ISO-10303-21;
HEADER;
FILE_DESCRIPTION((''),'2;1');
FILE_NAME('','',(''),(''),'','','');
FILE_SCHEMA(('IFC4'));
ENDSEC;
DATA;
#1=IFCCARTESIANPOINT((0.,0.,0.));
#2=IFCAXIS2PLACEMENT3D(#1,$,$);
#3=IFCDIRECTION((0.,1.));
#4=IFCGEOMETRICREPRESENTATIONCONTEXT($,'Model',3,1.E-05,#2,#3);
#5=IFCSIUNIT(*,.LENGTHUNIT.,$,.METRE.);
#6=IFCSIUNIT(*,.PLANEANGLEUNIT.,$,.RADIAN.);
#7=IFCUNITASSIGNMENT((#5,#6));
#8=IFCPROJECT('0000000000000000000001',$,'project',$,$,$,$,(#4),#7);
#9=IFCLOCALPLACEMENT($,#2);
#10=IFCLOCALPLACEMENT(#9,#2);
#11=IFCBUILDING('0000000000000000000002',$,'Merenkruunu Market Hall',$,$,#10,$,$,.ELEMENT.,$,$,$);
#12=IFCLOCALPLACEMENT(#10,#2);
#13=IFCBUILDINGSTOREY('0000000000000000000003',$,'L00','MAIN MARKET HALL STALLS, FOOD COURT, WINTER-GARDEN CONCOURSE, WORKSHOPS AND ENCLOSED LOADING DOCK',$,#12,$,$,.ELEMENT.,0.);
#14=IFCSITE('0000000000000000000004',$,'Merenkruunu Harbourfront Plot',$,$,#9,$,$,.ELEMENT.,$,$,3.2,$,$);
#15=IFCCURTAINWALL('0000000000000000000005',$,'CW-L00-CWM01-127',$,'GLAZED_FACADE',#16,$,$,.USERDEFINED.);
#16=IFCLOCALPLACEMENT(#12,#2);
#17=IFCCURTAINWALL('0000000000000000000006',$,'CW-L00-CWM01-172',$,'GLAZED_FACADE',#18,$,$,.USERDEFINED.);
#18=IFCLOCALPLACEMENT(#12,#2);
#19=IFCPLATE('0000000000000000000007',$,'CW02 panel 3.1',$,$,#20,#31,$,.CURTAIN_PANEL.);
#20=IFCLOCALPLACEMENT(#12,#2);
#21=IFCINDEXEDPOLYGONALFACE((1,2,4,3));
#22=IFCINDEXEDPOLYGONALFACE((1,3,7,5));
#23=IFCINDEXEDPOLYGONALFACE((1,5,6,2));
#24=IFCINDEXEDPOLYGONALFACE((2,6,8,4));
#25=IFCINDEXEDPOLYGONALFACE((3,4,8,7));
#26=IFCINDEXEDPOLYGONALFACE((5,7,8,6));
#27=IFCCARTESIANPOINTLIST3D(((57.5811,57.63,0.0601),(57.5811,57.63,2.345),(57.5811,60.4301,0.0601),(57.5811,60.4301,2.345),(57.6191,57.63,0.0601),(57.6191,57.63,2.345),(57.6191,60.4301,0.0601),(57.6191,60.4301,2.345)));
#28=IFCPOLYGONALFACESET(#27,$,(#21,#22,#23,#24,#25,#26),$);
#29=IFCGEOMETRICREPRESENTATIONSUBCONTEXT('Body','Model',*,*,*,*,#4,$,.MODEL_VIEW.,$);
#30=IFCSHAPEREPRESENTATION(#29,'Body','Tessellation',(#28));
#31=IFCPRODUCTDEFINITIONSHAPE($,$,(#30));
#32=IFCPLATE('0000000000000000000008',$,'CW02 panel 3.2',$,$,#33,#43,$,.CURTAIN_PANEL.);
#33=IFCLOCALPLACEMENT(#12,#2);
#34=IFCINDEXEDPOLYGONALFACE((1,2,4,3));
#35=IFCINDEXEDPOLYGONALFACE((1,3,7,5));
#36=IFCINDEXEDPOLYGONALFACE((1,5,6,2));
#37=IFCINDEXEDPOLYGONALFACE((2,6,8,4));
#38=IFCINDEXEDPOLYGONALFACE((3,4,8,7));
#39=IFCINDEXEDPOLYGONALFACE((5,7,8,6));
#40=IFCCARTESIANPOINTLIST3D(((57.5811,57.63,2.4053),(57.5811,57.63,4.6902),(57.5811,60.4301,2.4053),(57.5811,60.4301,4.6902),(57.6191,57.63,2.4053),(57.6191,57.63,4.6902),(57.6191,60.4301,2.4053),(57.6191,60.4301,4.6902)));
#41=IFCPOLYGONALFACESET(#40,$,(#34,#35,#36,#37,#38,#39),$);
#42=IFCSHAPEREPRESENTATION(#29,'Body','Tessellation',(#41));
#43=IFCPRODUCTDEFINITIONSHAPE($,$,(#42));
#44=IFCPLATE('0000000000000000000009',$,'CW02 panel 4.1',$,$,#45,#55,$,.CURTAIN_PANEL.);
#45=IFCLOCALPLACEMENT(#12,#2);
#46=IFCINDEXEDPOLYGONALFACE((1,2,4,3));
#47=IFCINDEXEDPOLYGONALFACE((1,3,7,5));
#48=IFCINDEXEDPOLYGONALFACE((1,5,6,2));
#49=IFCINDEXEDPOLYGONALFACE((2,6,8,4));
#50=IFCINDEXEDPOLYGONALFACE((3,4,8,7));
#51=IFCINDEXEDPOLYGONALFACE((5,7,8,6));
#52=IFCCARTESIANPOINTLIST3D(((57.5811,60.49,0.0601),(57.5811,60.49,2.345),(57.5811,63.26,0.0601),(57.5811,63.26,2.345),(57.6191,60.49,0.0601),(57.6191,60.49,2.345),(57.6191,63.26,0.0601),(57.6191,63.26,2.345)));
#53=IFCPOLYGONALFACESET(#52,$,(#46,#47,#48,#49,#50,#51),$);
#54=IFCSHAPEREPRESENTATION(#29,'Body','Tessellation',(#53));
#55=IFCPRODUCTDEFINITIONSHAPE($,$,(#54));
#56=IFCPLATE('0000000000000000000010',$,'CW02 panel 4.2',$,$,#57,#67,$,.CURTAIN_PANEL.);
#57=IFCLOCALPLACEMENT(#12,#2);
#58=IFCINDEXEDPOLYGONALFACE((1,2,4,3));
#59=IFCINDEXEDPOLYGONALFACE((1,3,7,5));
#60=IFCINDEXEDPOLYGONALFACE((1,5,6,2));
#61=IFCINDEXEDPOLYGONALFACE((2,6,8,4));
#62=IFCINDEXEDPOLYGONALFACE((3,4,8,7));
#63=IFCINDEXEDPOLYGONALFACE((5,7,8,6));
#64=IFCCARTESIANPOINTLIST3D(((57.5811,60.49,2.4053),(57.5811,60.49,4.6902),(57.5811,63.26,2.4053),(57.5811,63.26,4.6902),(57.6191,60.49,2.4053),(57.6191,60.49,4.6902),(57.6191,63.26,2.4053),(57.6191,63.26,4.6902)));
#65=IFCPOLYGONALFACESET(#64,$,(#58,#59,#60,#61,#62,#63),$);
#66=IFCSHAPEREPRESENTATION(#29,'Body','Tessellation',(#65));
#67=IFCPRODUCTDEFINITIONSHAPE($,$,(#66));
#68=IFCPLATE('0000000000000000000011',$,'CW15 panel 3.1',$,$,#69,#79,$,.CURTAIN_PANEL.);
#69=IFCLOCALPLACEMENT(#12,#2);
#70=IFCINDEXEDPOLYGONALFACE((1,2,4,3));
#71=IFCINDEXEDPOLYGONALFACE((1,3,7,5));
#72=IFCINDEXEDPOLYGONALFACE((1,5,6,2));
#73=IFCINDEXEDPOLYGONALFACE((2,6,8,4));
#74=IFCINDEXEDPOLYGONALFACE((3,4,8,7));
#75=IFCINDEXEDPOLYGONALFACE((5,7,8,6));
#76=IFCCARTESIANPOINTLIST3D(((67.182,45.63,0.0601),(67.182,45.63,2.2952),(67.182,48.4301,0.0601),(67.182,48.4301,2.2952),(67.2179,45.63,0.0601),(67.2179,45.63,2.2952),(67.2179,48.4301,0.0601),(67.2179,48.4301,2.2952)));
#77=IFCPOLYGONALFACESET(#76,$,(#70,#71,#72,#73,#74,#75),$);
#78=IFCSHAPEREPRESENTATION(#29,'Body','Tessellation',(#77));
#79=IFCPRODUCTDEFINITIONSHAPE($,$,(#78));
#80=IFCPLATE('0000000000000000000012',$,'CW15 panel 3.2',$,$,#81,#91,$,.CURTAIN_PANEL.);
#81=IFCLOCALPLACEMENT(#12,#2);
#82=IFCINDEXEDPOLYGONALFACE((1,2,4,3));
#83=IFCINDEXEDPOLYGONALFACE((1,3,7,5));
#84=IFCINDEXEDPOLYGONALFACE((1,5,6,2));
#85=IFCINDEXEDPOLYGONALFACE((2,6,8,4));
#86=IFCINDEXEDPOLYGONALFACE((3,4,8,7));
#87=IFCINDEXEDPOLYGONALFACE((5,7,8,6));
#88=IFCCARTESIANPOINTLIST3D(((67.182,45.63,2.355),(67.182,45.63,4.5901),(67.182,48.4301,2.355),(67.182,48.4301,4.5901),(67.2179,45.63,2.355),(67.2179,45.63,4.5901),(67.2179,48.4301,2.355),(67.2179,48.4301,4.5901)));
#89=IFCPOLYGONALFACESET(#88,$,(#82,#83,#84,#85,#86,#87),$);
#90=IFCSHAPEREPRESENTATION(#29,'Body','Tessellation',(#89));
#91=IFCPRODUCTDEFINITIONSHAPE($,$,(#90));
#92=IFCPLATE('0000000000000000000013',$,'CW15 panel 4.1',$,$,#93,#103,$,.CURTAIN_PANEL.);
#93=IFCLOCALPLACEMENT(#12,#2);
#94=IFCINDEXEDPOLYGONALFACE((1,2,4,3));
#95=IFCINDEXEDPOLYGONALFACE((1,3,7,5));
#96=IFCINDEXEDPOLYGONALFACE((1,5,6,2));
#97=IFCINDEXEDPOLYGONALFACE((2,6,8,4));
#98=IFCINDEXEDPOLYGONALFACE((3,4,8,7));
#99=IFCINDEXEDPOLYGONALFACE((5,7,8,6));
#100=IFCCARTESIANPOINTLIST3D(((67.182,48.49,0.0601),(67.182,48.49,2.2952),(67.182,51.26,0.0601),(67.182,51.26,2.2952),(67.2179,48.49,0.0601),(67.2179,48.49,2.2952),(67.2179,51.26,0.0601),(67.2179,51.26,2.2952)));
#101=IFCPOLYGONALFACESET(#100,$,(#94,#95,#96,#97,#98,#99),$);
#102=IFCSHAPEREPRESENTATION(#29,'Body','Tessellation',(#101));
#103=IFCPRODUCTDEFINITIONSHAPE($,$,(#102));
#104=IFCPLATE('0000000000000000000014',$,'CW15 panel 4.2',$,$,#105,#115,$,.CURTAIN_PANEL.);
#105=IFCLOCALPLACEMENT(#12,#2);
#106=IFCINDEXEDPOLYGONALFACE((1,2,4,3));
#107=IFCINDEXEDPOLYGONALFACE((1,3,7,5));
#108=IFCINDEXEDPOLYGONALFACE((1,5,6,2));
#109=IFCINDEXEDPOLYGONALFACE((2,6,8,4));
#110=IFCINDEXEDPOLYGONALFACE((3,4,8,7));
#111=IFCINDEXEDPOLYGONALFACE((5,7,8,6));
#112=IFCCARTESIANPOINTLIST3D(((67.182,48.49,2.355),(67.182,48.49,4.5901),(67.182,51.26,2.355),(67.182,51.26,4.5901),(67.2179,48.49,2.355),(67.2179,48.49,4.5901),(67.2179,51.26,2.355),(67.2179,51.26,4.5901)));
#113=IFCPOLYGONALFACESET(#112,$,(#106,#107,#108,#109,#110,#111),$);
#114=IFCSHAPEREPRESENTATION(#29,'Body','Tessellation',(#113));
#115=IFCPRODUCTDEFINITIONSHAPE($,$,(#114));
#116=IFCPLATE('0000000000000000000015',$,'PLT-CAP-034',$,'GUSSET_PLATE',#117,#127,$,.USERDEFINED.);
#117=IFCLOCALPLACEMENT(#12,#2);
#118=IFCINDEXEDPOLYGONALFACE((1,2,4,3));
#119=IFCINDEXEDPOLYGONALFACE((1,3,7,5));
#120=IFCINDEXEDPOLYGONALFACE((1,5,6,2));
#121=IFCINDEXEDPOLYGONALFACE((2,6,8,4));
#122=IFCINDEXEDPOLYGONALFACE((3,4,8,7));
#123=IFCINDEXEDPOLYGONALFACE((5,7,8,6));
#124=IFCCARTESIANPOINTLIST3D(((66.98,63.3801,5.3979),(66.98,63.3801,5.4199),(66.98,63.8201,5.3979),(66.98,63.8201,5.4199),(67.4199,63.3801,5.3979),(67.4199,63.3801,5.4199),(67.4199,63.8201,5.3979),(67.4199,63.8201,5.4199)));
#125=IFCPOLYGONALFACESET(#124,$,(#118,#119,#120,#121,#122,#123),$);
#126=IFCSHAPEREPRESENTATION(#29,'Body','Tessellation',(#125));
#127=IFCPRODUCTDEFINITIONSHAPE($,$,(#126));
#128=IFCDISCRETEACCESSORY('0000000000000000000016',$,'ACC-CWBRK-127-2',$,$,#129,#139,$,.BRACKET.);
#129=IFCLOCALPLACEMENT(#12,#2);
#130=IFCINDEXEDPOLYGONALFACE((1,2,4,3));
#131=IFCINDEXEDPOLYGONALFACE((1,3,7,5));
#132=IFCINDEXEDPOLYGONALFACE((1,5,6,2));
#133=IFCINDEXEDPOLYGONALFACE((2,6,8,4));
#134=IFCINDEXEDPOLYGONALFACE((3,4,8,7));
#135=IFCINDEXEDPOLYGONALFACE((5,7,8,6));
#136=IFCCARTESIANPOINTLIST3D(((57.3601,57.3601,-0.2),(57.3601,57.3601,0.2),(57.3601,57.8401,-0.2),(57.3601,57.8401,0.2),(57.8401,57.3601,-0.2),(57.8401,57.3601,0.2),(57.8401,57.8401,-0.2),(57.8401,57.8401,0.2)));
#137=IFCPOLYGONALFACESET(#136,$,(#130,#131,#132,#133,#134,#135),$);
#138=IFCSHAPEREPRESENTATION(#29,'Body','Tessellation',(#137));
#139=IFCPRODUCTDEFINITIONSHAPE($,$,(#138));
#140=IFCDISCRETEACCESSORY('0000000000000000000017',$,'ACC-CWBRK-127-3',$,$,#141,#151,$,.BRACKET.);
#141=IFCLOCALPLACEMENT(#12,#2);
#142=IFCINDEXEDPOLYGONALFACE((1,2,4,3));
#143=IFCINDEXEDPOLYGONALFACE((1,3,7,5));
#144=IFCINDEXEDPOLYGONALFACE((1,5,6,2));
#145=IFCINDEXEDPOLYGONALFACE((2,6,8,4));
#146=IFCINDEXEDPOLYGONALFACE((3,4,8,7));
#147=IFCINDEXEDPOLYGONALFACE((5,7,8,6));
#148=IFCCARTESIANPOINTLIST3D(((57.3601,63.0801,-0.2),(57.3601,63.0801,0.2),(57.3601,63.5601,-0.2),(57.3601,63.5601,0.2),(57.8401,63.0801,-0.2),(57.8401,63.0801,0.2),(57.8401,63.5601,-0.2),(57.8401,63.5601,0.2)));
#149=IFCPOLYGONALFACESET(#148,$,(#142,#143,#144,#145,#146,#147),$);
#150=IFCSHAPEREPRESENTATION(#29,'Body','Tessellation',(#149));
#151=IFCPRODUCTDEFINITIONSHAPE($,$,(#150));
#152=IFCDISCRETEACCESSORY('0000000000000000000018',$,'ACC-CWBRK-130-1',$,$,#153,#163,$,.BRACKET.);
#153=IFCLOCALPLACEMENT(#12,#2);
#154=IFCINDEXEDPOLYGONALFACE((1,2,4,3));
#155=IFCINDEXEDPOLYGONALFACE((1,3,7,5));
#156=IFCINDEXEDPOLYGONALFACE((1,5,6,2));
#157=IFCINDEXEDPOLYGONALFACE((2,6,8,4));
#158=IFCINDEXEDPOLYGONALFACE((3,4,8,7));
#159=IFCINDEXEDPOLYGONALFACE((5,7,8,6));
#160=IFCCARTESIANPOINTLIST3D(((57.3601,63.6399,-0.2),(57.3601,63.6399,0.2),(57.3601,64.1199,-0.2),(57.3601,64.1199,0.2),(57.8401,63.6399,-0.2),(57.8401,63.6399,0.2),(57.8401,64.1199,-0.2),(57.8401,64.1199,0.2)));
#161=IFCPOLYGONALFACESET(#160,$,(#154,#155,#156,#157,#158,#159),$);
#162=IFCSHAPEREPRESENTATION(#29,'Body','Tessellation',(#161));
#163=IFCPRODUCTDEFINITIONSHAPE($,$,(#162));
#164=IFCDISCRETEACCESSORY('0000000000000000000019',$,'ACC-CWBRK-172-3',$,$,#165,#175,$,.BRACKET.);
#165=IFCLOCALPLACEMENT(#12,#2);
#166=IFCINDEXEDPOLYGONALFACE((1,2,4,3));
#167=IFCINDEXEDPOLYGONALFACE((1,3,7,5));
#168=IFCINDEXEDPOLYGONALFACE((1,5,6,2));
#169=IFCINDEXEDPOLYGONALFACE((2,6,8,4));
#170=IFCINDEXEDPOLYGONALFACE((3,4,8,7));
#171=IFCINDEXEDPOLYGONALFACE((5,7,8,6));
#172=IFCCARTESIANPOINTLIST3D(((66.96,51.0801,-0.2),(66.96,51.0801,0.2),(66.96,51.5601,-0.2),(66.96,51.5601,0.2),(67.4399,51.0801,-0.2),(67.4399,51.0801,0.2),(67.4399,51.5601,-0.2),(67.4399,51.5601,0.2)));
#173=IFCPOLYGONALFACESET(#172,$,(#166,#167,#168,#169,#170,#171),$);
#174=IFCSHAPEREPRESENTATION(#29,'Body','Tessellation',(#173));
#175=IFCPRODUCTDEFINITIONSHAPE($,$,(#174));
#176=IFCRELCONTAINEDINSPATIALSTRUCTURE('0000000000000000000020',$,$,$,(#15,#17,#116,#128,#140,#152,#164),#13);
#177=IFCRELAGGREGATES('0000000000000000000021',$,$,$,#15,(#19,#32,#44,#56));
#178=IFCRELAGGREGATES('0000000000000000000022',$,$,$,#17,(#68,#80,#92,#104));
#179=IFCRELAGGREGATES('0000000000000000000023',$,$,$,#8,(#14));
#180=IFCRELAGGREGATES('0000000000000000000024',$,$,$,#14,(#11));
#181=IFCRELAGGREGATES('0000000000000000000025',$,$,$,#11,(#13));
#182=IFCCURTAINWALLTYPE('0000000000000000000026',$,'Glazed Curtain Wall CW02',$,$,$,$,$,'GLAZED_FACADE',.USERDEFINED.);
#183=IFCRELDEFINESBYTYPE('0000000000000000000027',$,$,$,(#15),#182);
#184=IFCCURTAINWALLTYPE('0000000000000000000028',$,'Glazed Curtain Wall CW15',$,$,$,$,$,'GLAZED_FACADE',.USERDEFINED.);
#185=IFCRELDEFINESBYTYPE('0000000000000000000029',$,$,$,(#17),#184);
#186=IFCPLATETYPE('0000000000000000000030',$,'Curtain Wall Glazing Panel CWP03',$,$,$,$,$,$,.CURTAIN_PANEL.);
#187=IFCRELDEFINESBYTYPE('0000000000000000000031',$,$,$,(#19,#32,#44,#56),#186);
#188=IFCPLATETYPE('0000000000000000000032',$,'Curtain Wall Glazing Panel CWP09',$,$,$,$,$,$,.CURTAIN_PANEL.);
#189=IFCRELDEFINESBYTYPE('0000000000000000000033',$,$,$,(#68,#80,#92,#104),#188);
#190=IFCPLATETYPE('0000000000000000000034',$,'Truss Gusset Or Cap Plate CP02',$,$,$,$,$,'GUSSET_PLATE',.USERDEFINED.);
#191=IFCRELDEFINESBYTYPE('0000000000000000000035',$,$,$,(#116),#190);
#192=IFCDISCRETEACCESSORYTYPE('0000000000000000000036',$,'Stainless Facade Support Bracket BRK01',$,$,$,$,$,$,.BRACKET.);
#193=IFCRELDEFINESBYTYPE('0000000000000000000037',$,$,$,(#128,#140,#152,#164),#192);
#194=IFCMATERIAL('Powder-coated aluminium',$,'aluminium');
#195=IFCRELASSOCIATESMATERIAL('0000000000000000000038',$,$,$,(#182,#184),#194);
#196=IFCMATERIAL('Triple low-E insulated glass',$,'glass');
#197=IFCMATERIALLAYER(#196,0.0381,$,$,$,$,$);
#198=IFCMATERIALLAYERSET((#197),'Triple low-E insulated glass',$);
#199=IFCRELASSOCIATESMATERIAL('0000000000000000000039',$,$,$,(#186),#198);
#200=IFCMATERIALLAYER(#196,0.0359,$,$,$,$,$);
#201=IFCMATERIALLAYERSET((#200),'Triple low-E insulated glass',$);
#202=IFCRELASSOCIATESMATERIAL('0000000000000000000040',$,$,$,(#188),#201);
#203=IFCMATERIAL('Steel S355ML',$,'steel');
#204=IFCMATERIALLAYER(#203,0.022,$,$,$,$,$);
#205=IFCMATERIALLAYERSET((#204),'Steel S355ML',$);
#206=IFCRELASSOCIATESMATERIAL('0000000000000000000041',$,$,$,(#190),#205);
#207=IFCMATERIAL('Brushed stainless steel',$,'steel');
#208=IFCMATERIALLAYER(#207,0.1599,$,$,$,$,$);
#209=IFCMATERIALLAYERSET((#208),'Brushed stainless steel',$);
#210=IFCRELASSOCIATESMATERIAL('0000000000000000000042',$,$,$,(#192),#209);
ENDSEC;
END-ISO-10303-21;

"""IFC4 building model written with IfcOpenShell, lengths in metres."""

from ifc_helpers import new_model, si_unit, direction, frame, origin, origin_2d, place, context, subcontext, project, spatial, rectangle, extrude, material, layer, layer_set, type_object, element, aggregate, save


model = new_model("IFC4")

# Units and contexts
model_context = context("Model", 3, precision=1e-05, world=origin(), true_north=direction((0.0, 1.0)))
body_context = subcontext(model_context, "Body", "Model", "MODEL_VIEW")
ifc_project = project(units=[si_unit("LENGTHUNIT", "METRE"), si_unit("PLANEANGLEUNIT", "RADIAN")], contexts=[model_context])

# Site, building, storey
site_placement = place(None, origin())
site = spatial("IfcSite", under=ifc_project, at=site_placement, Name="Merenkruunu Harbourfront Plot", CompositionType="ELEMENT", RefElevation=3.2)
building_placement = place(site_placement, origin())
building = spatial("IfcBuilding", under=site, at=building_placement, Name="Merenkruunu Market Hall", CompositionType="ELEMENT")
storey_placement = place(building_placement, origin())
storey = spatial("IfcBuildingStorey", under=building, at=storey_placement, Name="L00", Description="MAIN MARKET HALL STALLS, FOOD COURT, WINTER-GARDEN CONCOURSE, WORKSHOPS AND ENCLOSED LOADING DOCK", CompositionType="ELEMENT", Elevation=0.0)

# Shared definitions
ifc_material_1 = material(Name="Steel S355ML", Category="steel")

# Curtain walls
ifc_material_2 = material(Name="Powder-coated aluminium", Category="aluminium")
curtain_wall_type_1 = type_object("IfcCurtainWallType", Name="Glazed Curtain Wall CW02", ElementType="GLAZED_FACADE", PredefinedType="USERDEFINED", material=ifc_material_2)
curtain_wall_1_placement = place(storey_placement, origin())
curtain_wall_1 = element("IfcCurtainWall", 1, at=curtain_wall_1_placement, inside=storey, type_object=curtain_wall_type_1, Name="CW-L00-CWM01-127", ObjectType="GLAZED_FACADE", PredefinedType="USERDEFINED")
curtain_wall_type_2 = type_object("IfcCurtainWallType", Name="Glazed Curtain Wall CW15", ElementType="GLAZED_FACADE", PredefinedType="USERDEFINED", material=ifc_material_2)
curtain_wall_2_placement = place(storey_placement, origin())
curtain_wall_2 = element("IfcCurtainWall", 2, at=curtain_wall_2_placement, inside=storey, type_object=curtain_wall_type_2, Name="CW-L00-CWM01-172", ObjectType="GLAZED_FACADE", PredefinedType="USERDEFINED")

# Plates
ifc_material_3 = material(Name="Triple low-E insulated glass", Category="glass")
ifc_layer_1 = layer(ifc_material_3, 0.0381)
ifc_layer_set_1 = layer_set([ifc_layer_1], Name="Triple low-E insulated glass")
plate_type_1 = type_object("IfcPlateType", Name="Curtain Wall Glazing Panel CWP03", PredefinedType="CURTAIN_PANEL", material=ifc_layer_set_1)
plate_1_placement = place(storey_placement, frame((57.6001, 59.03, 0.0601), z_axis=(0.0, 0.0, 1.0), x_axis=(0.0, 1.0, 0.0)))
plate_1 = element("IfcPlate", 3, at=plate_1_placement, type_object=plate_type_1, Name="CW02 panel 3.1", PredefinedType="CURTAIN_PANEL", context=body_context, shape_type="SweptSolid", body=[
    extrude(rectangle(XDim=2.8, YDim=0.0381, at=origin_2d()), origin(), (0.0, 0.0, 1.0), 2.2849),
])
plate_2_placement = place(storey_placement, frame((57.6001, 59.03, 2.4053), z_axis=(0.0, 0.0, 1.0), x_axis=(0.0, 1.0, 0.0)))
plate_2 = element("IfcPlate", 4, at=plate_2_placement, type_object=plate_type_1, Name="CW02 panel 3.2", PredefinedType="CURTAIN_PANEL", context=body_context, shape_type="SweptSolid", body=[
    extrude(rectangle(XDim=2.8, YDim=0.0381, at=origin_2d()), origin(), (0.0, 0.0, 1.0), 2.2849),
])
plate_3_placement = place(storey_placement, frame((57.6001, 61.875, 0.0601), z_axis=(0.0, 0.0, 1.0), x_axis=(0.0, 1.0, 0.0)))
plate_3 = element("IfcPlate", 5, at=plate_3_placement, type_object=plate_type_1, Name="CW02 panel 4.1", PredefinedType="CURTAIN_PANEL", context=body_context, shape_type="SweptSolid", body=[
    extrude(rectangle(XDim=2.77, YDim=0.0381, at=origin_2d()), origin(), (0.0, 0.0, 1.0), 2.2849),
])
plate_4_placement = place(storey_placement, frame((57.6001, 61.875, 2.4053), z_axis=(0.0, 0.0, 1.0), x_axis=(0.0, 1.0, 0.0)))
plate_4 = element("IfcPlate", 6, at=plate_4_placement, type_object=plate_type_1, Name="CW02 panel 4.2", PredefinedType="CURTAIN_PANEL", context=body_context, shape_type="SweptSolid", body=[
    extrude(rectangle(XDim=2.77, YDim=0.0381, at=origin_2d()), origin(), (0.0, 0.0, 1.0), 2.2849),
])
aggregate(curtain_wall_1, [plate_1, plate_2, plate_3, plate_4])
ifc_layer_2 = layer(ifc_material_3, 0.0359)
ifc_layer_set_2 = layer_set([ifc_layer_2], Name="Triple low-E insulated glass")
plate_type_2 = type_object("IfcPlateType", Name="Curtain Wall Glazing Panel CWP09", PredefinedType="CURTAIN_PANEL", material=ifc_layer_set_2)
plate_5_placement = place(storey_placement, frame((67.2, 47.03, 0.0601), z_axis=(0.0, 0.0, 1.0), x_axis=(0.0, 1.0, 0.0)))
plate_5 = element("IfcPlate", 7, at=plate_5_placement, type_object=plate_type_2, Name="CW15 panel 3.1", PredefinedType="CURTAIN_PANEL", context=body_context, shape_type="SweptSolid", body=[
    extrude(rectangle(XDim=2.8, YDim=0.0359, at=origin_2d()), origin(), (0.0, 0.0, 1.0), 2.2351),
])
plate_6_placement = place(storey_placement, frame((67.2, 47.03, 2.355), z_axis=(0.0, 0.0, 1.0), x_axis=(0.0, 1.0, 0.0)))
plate_6 = element("IfcPlate", 8, at=plate_6_placement, type_object=plate_type_2, Name="CW15 panel 3.2", PredefinedType="CURTAIN_PANEL", context=body_context, shape_type="SweptSolid", body=[
    extrude(rectangle(XDim=2.8, YDim=0.0359, at=origin_2d()), origin(), (0.0, 0.0, 1.0), 2.2351),
])
plate_7_placement = place(storey_placement, frame((67.2, 49.875, 0.0601), z_axis=(0.0, 0.0, 1.0), x_axis=(0.0, 1.0, 0.0)))
plate_7 = element("IfcPlate", 9, at=plate_7_placement, type_object=plate_type_2, Name="CW15 panel 4.1", PredefinedType="CURTAIN_PANEL", context=body_context, shape_type="SweptSolid", body=[
    extrude(rectangle(XDim=2.77, YDim=0.0359, at=origin_2d()), origin(), (0.0, 0.0, 1.0), 2.2351),
])
plate_8_placement = place(storey_placement, frame((67.2, 49.875, 2.355), z_axis=(0.0, 0.0, 1.0), x_axis=(0.0, 1.0, 0.0)))
plate_8 = element("IfcPlate", 10, at=plate_8_placement, type_object=plate_type_2, Name="CW15 panel 4.2", PredefinedType="CURTAIN_PANEL", context=body_context, shape_type="SweptSolid", body=[
    extrude(rectangle(XDim=2.77, YDim=0.0359, at=origin_2d()), origin(), (0.0, 0.0, 1.0), 2.2351),
])
aggregate(curtain_wall_2, [plate_5, plate_6, plate_7, plate_8])
ifc_layer_3 = layer(ifc_material_1, 0.022)
ifc_layer_set_3 = layer_set([ifc_layer_3], Name="Steel S355ML")
plate_type_3 = type_object("IfcPlateType", Name="Truss Gusset Or Cap Plate CP02", ElementType="GUSSET_PLATE", PredefinedType="USERDEFINED", material=ifc_layer_set_3)
plate_9_placement = place(storey_placement, frame((67.2, 63.6001, 5.3979), z_axis=(0.0, 0.0, 1.0), x_axis=(1.0, 0.0, 0.0)))
element("IfcPlate", 11, at=plate_9_placement, inside=storey, type_object=plate_type_3, Name="PLT-CAP-034", ObjectType="GUSSET_PLATE", PredefinedType="USERDEFINED", context=body_context, shape_type="SweptSolid", body=[
    extrude(rectangle(XDim=0.4399, YDim=0.4399, at=origin_2d()), origin(), (0.0, 0.0, 1.0), 0.022),
])

# Discrete accessories
ifc_material_4 = material(Name="Brushed stainless steel", Category="steel")
ifc_layer_4 = layer(ifc_material_4, 0.1599)
ifc_layer_set_4 = layer_set([ifc_layer_4], Name="Brushed stainless steel")
discrete_accessory_type = type_object("IfcDiscreteAccessoryType", Name="Stainless Facade Support Bracket BRK01", PredefinedType="BRACKET", material=ifc_layer_set_4)
for number, where, z_axis, x_axis, name in (
    (12, (57.6001, 57.6001, -0.2), (0.0, 0.0, 1.0), (1.0, 0.0, 0.0), "ACC-CWBRK-127-2"),
    (13, (57.6001, 63.3201, -0.2), (0.0, 0.0, 1.0), (1.0, 0.0, 0.0), "ACC-CWBRK-127-3"),
    (14, (57.6001, 63.8799, -0.2), (0.0, 0.0, 1.0), (1.0, 0.0, 0.0), "ACC-CWBRK-130-1"),
    (15, (67.2, 51.3201, -0.2), (0.0, 0.0, 1.0), (1.0, 0.0, 0.0), "ACC-CWBRK-172-3"),
):
    element("IfcDiscreteAccessory", number, at=place(storey_placement, frame(where, z_axis=z_axis, x_axis=x_axis)), inside=storey, type_object=discrete_accessory_type, Name=name, PredefinedType="BRACKET", context=body_context, shape_type="SweptSolid", body=[
        extrude(rectangle(XDim=0.48, YDim=0.48, at=origin_2d()), origin(), (0.0, 0.0, 1.0), 0.3999),
    ])

save(model, "model.ifc")
